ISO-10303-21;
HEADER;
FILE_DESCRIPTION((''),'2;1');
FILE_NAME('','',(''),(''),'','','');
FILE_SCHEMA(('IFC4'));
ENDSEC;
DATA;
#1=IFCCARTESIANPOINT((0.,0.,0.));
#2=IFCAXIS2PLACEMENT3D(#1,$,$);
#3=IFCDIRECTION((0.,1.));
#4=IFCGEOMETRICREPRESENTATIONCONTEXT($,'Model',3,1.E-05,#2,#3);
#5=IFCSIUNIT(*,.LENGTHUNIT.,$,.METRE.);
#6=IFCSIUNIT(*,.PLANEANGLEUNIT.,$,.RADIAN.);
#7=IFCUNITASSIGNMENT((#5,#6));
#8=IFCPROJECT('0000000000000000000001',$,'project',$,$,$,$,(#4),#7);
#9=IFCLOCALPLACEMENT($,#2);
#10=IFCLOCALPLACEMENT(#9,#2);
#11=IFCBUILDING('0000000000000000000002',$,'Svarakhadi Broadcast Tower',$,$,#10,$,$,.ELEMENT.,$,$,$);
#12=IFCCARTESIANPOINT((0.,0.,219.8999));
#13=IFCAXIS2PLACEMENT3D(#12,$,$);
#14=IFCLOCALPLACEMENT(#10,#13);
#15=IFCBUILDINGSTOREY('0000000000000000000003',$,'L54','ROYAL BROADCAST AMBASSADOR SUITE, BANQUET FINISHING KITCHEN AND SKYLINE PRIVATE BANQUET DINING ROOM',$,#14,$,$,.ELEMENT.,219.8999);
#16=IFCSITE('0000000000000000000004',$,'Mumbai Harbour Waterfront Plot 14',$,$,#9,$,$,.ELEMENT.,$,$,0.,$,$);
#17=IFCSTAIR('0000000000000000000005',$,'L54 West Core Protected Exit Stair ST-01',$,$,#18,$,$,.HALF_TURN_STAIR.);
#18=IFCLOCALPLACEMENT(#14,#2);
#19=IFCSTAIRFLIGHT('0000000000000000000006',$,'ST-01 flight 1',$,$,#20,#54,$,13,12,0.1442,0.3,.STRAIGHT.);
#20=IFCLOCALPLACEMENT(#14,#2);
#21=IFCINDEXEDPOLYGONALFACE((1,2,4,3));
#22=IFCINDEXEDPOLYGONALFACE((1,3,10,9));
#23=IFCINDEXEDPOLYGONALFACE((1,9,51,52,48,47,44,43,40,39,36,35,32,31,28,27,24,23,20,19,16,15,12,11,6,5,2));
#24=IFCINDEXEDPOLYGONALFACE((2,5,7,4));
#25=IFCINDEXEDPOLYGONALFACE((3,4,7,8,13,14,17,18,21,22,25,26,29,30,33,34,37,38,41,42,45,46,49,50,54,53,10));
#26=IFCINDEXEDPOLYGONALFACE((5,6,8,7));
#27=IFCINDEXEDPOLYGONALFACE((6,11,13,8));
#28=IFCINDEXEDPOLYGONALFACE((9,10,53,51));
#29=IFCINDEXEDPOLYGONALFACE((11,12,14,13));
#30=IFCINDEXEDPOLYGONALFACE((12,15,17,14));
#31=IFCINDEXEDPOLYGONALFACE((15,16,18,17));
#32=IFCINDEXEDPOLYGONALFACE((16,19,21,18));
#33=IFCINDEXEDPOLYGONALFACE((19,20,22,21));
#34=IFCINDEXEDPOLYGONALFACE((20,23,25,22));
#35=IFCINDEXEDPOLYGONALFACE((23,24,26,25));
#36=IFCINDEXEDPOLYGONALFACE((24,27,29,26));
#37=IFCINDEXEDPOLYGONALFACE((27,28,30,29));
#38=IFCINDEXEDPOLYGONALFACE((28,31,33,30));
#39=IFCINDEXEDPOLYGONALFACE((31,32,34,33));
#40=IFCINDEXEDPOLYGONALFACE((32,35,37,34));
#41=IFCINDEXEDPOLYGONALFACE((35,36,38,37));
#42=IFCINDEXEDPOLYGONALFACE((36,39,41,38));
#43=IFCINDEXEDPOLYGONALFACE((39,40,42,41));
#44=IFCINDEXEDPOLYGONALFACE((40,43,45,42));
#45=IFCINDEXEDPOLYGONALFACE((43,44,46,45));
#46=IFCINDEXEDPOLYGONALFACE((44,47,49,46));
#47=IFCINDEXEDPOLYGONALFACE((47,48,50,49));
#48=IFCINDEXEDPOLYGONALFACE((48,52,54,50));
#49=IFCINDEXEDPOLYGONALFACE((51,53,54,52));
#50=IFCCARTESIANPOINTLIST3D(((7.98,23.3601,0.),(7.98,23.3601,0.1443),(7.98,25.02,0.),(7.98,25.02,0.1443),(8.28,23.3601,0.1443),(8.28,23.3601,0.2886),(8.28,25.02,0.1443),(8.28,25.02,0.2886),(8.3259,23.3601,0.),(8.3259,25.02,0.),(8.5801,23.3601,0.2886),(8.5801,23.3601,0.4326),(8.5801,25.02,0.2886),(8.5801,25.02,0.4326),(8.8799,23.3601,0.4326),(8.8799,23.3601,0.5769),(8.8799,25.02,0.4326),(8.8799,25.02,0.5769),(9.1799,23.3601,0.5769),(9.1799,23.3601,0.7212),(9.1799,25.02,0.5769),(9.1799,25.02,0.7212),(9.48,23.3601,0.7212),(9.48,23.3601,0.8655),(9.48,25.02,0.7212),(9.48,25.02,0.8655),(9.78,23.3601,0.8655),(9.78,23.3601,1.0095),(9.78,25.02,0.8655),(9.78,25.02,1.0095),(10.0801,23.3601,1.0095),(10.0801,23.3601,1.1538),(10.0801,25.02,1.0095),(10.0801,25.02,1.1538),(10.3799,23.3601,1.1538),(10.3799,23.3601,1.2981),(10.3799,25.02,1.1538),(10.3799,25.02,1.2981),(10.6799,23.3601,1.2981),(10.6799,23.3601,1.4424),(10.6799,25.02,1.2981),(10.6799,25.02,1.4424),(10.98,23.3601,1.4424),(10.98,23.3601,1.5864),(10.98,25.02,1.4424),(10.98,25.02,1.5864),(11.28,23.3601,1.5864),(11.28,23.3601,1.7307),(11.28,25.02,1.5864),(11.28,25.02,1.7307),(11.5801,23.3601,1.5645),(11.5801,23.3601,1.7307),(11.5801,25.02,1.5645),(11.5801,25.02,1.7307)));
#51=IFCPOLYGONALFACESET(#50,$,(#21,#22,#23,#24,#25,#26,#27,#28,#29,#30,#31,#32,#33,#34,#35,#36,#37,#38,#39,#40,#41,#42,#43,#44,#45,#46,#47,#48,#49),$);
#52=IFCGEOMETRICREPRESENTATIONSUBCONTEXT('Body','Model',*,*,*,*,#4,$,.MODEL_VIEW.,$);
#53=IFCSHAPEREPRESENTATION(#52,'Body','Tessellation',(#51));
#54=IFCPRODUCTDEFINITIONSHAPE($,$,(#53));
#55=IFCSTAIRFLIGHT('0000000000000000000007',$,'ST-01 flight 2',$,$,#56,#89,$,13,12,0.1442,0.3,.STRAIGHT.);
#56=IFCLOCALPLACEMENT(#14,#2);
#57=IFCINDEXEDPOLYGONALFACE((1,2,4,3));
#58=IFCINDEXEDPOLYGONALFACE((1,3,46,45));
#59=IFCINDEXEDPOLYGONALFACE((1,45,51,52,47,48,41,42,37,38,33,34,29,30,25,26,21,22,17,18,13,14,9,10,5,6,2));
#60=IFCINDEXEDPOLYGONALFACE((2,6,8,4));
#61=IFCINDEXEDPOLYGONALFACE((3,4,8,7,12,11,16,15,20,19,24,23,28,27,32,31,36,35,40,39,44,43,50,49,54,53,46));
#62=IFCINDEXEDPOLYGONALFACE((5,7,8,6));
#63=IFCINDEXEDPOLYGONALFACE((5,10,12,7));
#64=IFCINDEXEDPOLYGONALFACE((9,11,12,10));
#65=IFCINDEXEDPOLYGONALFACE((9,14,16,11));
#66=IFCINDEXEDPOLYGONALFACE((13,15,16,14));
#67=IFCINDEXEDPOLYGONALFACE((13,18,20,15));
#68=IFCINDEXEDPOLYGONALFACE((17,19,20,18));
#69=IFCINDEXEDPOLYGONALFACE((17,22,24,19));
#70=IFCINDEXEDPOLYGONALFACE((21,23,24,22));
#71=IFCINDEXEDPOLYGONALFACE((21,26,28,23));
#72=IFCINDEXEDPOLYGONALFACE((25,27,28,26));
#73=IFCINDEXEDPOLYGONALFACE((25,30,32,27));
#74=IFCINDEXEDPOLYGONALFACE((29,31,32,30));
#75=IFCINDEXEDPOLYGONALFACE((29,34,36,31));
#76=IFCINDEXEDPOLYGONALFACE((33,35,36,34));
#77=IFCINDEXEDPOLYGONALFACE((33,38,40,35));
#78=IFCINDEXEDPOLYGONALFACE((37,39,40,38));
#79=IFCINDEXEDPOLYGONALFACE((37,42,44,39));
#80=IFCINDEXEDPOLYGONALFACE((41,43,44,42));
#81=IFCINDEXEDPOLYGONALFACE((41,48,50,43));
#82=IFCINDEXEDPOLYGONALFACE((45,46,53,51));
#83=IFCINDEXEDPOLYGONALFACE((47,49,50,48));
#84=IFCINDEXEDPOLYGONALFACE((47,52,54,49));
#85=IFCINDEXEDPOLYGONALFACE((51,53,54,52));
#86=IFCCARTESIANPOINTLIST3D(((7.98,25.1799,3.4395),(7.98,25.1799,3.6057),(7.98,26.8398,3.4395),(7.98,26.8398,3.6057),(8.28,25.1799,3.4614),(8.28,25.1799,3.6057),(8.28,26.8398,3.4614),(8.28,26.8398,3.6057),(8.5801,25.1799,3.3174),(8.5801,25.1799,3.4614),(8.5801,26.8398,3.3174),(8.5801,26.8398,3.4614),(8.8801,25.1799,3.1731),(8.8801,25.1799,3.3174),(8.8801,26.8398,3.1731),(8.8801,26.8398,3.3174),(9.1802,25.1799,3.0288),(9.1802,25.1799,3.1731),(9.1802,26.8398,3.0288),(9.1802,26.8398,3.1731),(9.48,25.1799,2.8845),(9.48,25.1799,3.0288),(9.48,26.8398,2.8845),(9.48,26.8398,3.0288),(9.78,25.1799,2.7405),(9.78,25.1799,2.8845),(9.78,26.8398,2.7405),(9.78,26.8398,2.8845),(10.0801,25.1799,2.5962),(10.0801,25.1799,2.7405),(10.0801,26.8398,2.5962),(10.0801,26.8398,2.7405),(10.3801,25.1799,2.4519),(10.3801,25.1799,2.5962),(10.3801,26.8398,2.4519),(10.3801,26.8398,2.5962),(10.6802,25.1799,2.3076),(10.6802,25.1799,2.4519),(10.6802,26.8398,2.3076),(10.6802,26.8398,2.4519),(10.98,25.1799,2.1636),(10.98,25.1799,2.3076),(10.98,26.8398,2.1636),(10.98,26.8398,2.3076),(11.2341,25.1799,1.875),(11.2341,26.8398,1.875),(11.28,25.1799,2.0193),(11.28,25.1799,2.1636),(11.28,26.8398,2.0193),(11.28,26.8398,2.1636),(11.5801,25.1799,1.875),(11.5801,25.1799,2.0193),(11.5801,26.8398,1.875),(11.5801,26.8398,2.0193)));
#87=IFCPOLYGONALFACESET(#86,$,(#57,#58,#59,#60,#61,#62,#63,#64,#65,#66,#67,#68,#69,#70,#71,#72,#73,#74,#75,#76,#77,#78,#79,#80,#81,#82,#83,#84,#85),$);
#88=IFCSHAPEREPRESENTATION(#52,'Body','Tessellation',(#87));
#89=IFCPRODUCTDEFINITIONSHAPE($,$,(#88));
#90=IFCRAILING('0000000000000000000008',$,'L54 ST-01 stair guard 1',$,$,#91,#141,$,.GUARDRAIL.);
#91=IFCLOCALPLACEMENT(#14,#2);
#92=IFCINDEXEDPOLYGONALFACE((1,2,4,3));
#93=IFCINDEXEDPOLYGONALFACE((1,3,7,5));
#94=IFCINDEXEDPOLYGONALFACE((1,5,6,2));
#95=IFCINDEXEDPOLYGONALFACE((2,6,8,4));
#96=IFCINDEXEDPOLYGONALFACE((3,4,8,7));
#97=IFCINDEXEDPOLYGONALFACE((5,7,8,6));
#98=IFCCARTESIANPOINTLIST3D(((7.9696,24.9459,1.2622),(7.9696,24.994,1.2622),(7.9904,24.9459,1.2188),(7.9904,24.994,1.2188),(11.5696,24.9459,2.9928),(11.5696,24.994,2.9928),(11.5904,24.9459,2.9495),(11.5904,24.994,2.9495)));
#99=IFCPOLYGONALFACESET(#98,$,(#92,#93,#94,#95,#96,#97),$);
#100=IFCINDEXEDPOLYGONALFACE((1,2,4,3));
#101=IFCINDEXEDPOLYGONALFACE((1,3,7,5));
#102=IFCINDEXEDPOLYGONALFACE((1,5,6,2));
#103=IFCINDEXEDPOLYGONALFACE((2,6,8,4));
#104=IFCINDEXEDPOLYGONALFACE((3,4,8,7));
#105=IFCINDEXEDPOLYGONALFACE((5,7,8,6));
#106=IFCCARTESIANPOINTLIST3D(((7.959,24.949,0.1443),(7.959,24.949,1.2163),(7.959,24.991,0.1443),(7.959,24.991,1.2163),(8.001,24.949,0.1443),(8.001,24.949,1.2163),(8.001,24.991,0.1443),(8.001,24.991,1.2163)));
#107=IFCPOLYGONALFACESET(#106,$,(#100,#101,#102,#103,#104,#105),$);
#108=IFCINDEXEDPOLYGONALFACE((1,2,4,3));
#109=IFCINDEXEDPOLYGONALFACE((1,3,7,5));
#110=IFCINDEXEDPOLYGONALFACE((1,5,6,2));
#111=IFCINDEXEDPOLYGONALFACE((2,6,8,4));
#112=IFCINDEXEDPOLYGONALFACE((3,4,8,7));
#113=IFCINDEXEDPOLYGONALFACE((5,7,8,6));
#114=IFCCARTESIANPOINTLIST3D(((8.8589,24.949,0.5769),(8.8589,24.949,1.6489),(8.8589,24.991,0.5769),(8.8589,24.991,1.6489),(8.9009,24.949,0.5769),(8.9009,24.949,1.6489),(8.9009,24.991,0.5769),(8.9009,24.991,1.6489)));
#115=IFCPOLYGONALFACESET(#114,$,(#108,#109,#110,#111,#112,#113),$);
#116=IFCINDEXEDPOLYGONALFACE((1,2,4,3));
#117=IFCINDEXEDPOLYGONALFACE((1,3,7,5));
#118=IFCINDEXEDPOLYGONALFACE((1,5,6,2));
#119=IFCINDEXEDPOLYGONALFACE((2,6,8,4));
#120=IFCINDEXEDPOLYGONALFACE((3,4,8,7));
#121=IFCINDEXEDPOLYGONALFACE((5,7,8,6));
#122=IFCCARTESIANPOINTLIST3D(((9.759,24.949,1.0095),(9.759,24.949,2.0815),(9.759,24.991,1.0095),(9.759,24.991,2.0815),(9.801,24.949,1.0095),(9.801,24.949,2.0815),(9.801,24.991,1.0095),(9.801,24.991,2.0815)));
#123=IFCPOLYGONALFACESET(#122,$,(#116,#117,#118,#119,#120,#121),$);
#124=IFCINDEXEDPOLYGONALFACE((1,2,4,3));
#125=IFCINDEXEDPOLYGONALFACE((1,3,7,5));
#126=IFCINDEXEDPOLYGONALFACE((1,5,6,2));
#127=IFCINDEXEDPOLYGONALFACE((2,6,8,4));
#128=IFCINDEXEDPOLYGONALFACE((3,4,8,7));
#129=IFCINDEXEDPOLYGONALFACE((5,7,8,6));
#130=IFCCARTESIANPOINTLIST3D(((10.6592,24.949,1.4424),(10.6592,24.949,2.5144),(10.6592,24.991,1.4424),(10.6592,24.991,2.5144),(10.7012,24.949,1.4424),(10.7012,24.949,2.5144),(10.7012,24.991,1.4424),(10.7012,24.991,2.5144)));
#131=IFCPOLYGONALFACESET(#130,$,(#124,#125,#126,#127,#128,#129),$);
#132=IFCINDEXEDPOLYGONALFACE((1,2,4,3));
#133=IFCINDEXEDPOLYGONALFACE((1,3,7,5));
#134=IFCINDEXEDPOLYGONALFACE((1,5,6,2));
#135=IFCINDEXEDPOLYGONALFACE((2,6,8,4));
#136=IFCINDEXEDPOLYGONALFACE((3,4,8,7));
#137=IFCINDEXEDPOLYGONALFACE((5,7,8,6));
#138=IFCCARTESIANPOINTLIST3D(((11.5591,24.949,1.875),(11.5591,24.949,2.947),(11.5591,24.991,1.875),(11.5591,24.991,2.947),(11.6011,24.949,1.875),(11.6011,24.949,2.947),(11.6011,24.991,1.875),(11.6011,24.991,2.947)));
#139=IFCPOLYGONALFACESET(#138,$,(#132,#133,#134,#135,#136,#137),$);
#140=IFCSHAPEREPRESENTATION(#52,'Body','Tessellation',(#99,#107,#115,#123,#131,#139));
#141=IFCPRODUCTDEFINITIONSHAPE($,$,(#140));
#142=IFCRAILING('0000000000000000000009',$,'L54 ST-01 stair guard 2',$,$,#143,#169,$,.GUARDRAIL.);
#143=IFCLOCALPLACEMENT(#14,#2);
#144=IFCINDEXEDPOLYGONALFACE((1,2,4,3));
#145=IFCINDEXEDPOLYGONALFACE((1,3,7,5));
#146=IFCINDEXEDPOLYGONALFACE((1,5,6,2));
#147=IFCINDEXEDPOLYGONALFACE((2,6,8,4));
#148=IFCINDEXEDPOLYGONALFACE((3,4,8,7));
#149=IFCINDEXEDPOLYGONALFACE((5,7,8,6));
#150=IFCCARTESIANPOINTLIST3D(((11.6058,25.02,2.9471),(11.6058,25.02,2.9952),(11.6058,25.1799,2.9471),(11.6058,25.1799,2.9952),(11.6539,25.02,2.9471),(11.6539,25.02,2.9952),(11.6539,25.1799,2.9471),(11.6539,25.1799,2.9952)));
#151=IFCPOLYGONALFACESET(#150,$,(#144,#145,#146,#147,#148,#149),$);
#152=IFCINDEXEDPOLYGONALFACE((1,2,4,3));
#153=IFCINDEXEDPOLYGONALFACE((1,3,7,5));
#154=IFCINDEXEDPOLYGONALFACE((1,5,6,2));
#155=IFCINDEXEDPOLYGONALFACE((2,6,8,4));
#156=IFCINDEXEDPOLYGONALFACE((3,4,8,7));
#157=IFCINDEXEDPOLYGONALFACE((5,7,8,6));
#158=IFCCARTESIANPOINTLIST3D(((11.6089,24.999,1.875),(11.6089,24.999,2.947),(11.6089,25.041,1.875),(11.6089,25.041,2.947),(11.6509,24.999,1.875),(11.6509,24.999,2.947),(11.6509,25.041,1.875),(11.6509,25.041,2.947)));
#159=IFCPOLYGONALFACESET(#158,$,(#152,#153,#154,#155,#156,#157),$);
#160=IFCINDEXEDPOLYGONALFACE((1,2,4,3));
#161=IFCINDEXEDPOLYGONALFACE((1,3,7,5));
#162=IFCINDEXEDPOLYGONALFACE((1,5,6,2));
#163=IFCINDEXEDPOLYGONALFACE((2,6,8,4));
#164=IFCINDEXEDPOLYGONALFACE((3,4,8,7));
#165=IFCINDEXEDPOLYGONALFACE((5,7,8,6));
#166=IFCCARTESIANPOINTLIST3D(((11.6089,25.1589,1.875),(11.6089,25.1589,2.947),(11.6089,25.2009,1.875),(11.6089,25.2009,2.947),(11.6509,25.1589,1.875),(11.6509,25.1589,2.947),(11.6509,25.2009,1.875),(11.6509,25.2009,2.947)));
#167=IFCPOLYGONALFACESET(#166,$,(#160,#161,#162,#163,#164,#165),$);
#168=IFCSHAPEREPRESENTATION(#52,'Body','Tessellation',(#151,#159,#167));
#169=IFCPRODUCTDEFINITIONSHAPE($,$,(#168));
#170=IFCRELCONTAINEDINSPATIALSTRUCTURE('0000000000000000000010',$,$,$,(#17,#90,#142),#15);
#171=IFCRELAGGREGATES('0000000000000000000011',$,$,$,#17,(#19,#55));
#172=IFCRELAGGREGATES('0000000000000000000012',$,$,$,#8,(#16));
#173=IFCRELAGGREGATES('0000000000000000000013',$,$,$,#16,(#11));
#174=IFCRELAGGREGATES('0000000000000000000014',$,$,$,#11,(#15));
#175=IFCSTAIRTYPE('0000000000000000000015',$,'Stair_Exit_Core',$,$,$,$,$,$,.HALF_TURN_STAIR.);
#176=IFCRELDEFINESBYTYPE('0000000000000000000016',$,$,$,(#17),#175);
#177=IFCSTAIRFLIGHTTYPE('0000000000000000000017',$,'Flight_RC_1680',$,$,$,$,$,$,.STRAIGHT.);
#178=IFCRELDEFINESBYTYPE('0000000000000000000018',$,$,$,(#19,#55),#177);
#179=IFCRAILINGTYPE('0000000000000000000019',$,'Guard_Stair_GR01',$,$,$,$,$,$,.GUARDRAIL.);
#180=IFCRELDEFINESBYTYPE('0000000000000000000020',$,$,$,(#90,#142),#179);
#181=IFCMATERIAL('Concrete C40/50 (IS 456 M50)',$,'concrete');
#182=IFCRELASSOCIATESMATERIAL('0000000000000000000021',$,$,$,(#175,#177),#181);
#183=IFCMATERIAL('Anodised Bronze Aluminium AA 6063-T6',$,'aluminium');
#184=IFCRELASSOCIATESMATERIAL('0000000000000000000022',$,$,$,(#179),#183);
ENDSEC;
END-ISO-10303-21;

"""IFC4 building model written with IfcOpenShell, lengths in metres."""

from ifc_helpers import new_model, si_unit, direction, frame, origin, origin_2d, place, context, subcontext, project, spatial, polyline, rectangle, outline, extrude, material, type_object, element, aggregate, save


model = new_model("IFC4")

# Units and contexts
model_context = context("Model", 3, precision=1e-05, world=origin(), true_north=direction((0.0, 1.0)))
body_context = subcontext(model_context, "Body", "Model", "MODEL_VIEW")
ifc_project = project(units=[si_unit("LENGTHUNIT", "METRE"), si_unit("PLANEANGLEUNIT", "RADIAN")], contexts=[model_context])

# Site, building, storey
site_placement = place(None, origin())
site = spatial("IfcSite", under=ifc_project, at=site_placement, Name="Mumbai Harbour Waterfront Plot 14", CompositionType="ELEMENT", RefElevation=0.0)
building_placement = place(site_placement, origin())
building = spatial("IfcBuilding", under=site, at=building_placement, Name="Svarakhadi Broadcast Tower", CompositionType="ELEMENT")
storey_placement = place(building_placement, frame((0.0, 0.0, 219.8999)))
storey = spatial("IfcBuildingStorey", under=building, at=storey_placement, Name="L54", Description="ROYAL BROADCAST AMBASSADOR SUITE, BANQUET FINISHING KITCHEN AND SKYLINE PRIVATE BANQUET DINING ROOM", CompositionType="ELEMENT", Elevation=219.8999)

# Stair, stair flights
ifc_material_1 = material(Name="Concrete C40/50 (IS 456 M50)", Category="concrete")
stair_type = type_object("IfcStairType", Name="Stair_Exit_Core", PredefinedType="HALF_TURN_STAIR", material=ifc_material_1)
stair_placement = place(storey_placement, origin())
stair = element("IfcStair", 1, at=stair_placement, inside=storey, type_object=stair_type, Name="L54 West Core Protected Exit Stair ST-01", PredefinedType="HALF_TURN_STAIR")
stair_flight_type = type_object("IfcStairFlightType", Name="Flight_RC_1680", PredefinedType="STRAIGHT", material=ifc_material_1)
stair_flight_1_placement = place(storey_placement, frame((7.98, 24.1899, 0.0), z_axis=(0.0, 0.0, 1.0), x_axis=(1.0, 0.0, 0.0)))
stair_flight_1 = element("IfcStairFlight", 2, at=stair_flight_1_placement, type_object=stair_flight_type, Name="ST-01 flight 1", NumberOfRisers=13, NumberOfTreads=12, PredefinedType="STRAIGHT", RiserHeight=0.1442, TreadLength=0.3, context=body_context, shape_type="SweptSolid", body=[
    extrude(outline(polyline([(0.0, 0.0), (0.0, 0.1443), (0.3, 0.1443), (0.3, 0.2886), (0.6001, 0.2886), (0.6001, 0.4326), (0.8999, 0.4326), (0.8999, 0.5769), (1.2, 0.5769), (1.2, 0.7212), (1.5, 0.7212), (1.5, 0.8655), (1.8, 0.8655), (1.8, 1.0095), (2.1001, 1.0095), (2.1001, 1.1538), (2.3999, 1.1538), (2.3999, 1.2981), (2.7, 1.2981), (2.7, 1.4424), (3.0, 1.4424), (3.0, 1.5864), (3.3, 1.5864), (3.3, 1.7307), (3.6001, 1.7307), (3.6001, 1.875), (3.6001, 1.5645), (0.3459, 0.0), (0.0, 0.0)])), frame((0.0, 0.8301, 0.0), z_axis=(0.0, -1.0, 0.0), x_axis=(1.0, 0.0, 0.0)), (0.0, 0.0, 1.0), 1.6599),
])
stair_flight_2_placement = place(storey_placement, frame((11.5801, 26.01, 1.875), z_axis=(0.0, 0.0, 1.0), x_axis=(-1.0, 0.0, 0.0)))
stair_flight_2 = element("IfcStairFlight", 3, at=stair_flight_2_placement, type_object=stair_flight_type, Name="ST-01 flight 2", NumberOfRisers=13, NumberOfTreads=12, PredefinedType="STRAIGHT", RiserHeight=0.1442, TreadLength=0.3, context=body_context, shape_type="SweptSolid", body=[
    extrude(outline(polyline([(0.0, 0.0), (0.0, 0.1443), (0.3, 0.1443), (0.3, 0.2886), (0.6001, 0.2886), (0.6001, 0.4326), (0.8999, 0.4326), (0.8999, 0.5769), (1.2, 0.5769), (1.2, 0.7212), (1.5, 0.7212), (1.5, 0.8655), (1.8, 0.8655), (1.8, 1.0095), (2.1001, 1.0095), (2.1001, 1.1538), (2.3999, 1.1538), (2.3999, 1.2981), (2.7, 1.2981), (2.7, 1.4424), (3.0, 1.4424), (3.0, 1.5864), (3.3, 1.5864), (3.3, 1.7307), (3.6001, 1.7307), (3.6001, 1.875), (3.6001, 1.5645), (0.3459, 0.0), (0.0, 0.0)])), frame((0.0, 0.8301, 0.0), z_axis=(0.0, -1.0, 0.0), x_axis=(1.0, 0.0, 0.0)), (0.0, 0.0, 1.0), 1.6599),
])
aggregate(stair, [stair_flight_1, stair_flight_2])

# Railings
ifc_material_2 = material(Name="Anodised Bronze Aluminium AA 6063-T6", Category="aluminium")
railing_type_1 = type_object("IfcRailingType", Name="Guard_Stair_GR01", PredefinedType="GUARDRAIL", material=ifc_material_2)
railing_1_placement = place(storey_placement, frame((7.98, 24.97, 0.1443)))
element("IfcRailing", 4, at=railing_1_placement, inside=storey, type_object=railing_type_1, Name="L54 ST-01 stair guard 1", PredefinedType="GUARDRAIL", context=body_context, shape_type="SweptSolid", body=[
    extrude(rectangle(XDim=0.0481, YDim=0.0481, at=origin_2d()), frame((0.0, 0.0, 1.0962), z_axis=(0.901263, 0.0, 0.433273), x_axis=(0.0, 1.0, 0.0)), (0.0, 0.0, 1.0), 3.9944),
    extrude(rectangle(XDim=0.042, YDim=0.042, at=origin_2d()), origin(), (0.0, 0.0, 1.0), 1.072),
    extrude(rectangle(XDim=0.042, YDim=0.042, at=origin_2d()), frame((0.8999, 0.0, 0.4326)), (0.0, 0.0, 1.0), 1.072),
    extrude(rectangle(XDim=0.042, YDim=0.042, at=origin_2d()), frame((1.8, 0.0, 0.8652)), (0.0, 0.0, 1.0), 1.072),
    extrude(rectangle(XDim=0.042, YDim=0.042, at=origin_2d()), frame((2.7002, 0.0, 1.2981)), (0.0, 0.0, 1.0), 1.072),
    extrude(rectangle(XDim=0.042, YDim=0.042, at=origin_2d()), frame((3.6001, 0.0, 1.7307)), (0.0, 0.0, 1.0), 1.072),
])
railing_2_placement = place(storey_placement, frame((11.6299, 25.02, 1.875)))
element("IfcRailing", 5, at=railing_2_placement, inside=storey, type_object=railing_type_1, Name="L54 ST-01 stair guard 2", PredefinedType="GUARDRAIL", context=body_context, shape_type="SweptSolid", body=[
    extrude(rectangle(XDim=0.0481, YDim=0.0481, at=origin_2d()), frame((0.0, 0.0, 1.0962), z_axis=(0.0, 1.0, 0.0), x_axis=(-1.0, 0.0, 0.0)), (0.0, 0.0, 1.0), 0.1599),
    extrude(rectangle(XDim=0.042, YDim=0.042, at=origin_2d()), origin(), (0.0, 0.0, 1.0), 1.072),
    extrude(rectangle(XDim=0.042, YDim=0.042, at=origin_2d()), frame((0.0, 0.1599, 0.0)), (0.0, 0.0, 1.0), 1.072),
])

save(model, "model.ifc")
